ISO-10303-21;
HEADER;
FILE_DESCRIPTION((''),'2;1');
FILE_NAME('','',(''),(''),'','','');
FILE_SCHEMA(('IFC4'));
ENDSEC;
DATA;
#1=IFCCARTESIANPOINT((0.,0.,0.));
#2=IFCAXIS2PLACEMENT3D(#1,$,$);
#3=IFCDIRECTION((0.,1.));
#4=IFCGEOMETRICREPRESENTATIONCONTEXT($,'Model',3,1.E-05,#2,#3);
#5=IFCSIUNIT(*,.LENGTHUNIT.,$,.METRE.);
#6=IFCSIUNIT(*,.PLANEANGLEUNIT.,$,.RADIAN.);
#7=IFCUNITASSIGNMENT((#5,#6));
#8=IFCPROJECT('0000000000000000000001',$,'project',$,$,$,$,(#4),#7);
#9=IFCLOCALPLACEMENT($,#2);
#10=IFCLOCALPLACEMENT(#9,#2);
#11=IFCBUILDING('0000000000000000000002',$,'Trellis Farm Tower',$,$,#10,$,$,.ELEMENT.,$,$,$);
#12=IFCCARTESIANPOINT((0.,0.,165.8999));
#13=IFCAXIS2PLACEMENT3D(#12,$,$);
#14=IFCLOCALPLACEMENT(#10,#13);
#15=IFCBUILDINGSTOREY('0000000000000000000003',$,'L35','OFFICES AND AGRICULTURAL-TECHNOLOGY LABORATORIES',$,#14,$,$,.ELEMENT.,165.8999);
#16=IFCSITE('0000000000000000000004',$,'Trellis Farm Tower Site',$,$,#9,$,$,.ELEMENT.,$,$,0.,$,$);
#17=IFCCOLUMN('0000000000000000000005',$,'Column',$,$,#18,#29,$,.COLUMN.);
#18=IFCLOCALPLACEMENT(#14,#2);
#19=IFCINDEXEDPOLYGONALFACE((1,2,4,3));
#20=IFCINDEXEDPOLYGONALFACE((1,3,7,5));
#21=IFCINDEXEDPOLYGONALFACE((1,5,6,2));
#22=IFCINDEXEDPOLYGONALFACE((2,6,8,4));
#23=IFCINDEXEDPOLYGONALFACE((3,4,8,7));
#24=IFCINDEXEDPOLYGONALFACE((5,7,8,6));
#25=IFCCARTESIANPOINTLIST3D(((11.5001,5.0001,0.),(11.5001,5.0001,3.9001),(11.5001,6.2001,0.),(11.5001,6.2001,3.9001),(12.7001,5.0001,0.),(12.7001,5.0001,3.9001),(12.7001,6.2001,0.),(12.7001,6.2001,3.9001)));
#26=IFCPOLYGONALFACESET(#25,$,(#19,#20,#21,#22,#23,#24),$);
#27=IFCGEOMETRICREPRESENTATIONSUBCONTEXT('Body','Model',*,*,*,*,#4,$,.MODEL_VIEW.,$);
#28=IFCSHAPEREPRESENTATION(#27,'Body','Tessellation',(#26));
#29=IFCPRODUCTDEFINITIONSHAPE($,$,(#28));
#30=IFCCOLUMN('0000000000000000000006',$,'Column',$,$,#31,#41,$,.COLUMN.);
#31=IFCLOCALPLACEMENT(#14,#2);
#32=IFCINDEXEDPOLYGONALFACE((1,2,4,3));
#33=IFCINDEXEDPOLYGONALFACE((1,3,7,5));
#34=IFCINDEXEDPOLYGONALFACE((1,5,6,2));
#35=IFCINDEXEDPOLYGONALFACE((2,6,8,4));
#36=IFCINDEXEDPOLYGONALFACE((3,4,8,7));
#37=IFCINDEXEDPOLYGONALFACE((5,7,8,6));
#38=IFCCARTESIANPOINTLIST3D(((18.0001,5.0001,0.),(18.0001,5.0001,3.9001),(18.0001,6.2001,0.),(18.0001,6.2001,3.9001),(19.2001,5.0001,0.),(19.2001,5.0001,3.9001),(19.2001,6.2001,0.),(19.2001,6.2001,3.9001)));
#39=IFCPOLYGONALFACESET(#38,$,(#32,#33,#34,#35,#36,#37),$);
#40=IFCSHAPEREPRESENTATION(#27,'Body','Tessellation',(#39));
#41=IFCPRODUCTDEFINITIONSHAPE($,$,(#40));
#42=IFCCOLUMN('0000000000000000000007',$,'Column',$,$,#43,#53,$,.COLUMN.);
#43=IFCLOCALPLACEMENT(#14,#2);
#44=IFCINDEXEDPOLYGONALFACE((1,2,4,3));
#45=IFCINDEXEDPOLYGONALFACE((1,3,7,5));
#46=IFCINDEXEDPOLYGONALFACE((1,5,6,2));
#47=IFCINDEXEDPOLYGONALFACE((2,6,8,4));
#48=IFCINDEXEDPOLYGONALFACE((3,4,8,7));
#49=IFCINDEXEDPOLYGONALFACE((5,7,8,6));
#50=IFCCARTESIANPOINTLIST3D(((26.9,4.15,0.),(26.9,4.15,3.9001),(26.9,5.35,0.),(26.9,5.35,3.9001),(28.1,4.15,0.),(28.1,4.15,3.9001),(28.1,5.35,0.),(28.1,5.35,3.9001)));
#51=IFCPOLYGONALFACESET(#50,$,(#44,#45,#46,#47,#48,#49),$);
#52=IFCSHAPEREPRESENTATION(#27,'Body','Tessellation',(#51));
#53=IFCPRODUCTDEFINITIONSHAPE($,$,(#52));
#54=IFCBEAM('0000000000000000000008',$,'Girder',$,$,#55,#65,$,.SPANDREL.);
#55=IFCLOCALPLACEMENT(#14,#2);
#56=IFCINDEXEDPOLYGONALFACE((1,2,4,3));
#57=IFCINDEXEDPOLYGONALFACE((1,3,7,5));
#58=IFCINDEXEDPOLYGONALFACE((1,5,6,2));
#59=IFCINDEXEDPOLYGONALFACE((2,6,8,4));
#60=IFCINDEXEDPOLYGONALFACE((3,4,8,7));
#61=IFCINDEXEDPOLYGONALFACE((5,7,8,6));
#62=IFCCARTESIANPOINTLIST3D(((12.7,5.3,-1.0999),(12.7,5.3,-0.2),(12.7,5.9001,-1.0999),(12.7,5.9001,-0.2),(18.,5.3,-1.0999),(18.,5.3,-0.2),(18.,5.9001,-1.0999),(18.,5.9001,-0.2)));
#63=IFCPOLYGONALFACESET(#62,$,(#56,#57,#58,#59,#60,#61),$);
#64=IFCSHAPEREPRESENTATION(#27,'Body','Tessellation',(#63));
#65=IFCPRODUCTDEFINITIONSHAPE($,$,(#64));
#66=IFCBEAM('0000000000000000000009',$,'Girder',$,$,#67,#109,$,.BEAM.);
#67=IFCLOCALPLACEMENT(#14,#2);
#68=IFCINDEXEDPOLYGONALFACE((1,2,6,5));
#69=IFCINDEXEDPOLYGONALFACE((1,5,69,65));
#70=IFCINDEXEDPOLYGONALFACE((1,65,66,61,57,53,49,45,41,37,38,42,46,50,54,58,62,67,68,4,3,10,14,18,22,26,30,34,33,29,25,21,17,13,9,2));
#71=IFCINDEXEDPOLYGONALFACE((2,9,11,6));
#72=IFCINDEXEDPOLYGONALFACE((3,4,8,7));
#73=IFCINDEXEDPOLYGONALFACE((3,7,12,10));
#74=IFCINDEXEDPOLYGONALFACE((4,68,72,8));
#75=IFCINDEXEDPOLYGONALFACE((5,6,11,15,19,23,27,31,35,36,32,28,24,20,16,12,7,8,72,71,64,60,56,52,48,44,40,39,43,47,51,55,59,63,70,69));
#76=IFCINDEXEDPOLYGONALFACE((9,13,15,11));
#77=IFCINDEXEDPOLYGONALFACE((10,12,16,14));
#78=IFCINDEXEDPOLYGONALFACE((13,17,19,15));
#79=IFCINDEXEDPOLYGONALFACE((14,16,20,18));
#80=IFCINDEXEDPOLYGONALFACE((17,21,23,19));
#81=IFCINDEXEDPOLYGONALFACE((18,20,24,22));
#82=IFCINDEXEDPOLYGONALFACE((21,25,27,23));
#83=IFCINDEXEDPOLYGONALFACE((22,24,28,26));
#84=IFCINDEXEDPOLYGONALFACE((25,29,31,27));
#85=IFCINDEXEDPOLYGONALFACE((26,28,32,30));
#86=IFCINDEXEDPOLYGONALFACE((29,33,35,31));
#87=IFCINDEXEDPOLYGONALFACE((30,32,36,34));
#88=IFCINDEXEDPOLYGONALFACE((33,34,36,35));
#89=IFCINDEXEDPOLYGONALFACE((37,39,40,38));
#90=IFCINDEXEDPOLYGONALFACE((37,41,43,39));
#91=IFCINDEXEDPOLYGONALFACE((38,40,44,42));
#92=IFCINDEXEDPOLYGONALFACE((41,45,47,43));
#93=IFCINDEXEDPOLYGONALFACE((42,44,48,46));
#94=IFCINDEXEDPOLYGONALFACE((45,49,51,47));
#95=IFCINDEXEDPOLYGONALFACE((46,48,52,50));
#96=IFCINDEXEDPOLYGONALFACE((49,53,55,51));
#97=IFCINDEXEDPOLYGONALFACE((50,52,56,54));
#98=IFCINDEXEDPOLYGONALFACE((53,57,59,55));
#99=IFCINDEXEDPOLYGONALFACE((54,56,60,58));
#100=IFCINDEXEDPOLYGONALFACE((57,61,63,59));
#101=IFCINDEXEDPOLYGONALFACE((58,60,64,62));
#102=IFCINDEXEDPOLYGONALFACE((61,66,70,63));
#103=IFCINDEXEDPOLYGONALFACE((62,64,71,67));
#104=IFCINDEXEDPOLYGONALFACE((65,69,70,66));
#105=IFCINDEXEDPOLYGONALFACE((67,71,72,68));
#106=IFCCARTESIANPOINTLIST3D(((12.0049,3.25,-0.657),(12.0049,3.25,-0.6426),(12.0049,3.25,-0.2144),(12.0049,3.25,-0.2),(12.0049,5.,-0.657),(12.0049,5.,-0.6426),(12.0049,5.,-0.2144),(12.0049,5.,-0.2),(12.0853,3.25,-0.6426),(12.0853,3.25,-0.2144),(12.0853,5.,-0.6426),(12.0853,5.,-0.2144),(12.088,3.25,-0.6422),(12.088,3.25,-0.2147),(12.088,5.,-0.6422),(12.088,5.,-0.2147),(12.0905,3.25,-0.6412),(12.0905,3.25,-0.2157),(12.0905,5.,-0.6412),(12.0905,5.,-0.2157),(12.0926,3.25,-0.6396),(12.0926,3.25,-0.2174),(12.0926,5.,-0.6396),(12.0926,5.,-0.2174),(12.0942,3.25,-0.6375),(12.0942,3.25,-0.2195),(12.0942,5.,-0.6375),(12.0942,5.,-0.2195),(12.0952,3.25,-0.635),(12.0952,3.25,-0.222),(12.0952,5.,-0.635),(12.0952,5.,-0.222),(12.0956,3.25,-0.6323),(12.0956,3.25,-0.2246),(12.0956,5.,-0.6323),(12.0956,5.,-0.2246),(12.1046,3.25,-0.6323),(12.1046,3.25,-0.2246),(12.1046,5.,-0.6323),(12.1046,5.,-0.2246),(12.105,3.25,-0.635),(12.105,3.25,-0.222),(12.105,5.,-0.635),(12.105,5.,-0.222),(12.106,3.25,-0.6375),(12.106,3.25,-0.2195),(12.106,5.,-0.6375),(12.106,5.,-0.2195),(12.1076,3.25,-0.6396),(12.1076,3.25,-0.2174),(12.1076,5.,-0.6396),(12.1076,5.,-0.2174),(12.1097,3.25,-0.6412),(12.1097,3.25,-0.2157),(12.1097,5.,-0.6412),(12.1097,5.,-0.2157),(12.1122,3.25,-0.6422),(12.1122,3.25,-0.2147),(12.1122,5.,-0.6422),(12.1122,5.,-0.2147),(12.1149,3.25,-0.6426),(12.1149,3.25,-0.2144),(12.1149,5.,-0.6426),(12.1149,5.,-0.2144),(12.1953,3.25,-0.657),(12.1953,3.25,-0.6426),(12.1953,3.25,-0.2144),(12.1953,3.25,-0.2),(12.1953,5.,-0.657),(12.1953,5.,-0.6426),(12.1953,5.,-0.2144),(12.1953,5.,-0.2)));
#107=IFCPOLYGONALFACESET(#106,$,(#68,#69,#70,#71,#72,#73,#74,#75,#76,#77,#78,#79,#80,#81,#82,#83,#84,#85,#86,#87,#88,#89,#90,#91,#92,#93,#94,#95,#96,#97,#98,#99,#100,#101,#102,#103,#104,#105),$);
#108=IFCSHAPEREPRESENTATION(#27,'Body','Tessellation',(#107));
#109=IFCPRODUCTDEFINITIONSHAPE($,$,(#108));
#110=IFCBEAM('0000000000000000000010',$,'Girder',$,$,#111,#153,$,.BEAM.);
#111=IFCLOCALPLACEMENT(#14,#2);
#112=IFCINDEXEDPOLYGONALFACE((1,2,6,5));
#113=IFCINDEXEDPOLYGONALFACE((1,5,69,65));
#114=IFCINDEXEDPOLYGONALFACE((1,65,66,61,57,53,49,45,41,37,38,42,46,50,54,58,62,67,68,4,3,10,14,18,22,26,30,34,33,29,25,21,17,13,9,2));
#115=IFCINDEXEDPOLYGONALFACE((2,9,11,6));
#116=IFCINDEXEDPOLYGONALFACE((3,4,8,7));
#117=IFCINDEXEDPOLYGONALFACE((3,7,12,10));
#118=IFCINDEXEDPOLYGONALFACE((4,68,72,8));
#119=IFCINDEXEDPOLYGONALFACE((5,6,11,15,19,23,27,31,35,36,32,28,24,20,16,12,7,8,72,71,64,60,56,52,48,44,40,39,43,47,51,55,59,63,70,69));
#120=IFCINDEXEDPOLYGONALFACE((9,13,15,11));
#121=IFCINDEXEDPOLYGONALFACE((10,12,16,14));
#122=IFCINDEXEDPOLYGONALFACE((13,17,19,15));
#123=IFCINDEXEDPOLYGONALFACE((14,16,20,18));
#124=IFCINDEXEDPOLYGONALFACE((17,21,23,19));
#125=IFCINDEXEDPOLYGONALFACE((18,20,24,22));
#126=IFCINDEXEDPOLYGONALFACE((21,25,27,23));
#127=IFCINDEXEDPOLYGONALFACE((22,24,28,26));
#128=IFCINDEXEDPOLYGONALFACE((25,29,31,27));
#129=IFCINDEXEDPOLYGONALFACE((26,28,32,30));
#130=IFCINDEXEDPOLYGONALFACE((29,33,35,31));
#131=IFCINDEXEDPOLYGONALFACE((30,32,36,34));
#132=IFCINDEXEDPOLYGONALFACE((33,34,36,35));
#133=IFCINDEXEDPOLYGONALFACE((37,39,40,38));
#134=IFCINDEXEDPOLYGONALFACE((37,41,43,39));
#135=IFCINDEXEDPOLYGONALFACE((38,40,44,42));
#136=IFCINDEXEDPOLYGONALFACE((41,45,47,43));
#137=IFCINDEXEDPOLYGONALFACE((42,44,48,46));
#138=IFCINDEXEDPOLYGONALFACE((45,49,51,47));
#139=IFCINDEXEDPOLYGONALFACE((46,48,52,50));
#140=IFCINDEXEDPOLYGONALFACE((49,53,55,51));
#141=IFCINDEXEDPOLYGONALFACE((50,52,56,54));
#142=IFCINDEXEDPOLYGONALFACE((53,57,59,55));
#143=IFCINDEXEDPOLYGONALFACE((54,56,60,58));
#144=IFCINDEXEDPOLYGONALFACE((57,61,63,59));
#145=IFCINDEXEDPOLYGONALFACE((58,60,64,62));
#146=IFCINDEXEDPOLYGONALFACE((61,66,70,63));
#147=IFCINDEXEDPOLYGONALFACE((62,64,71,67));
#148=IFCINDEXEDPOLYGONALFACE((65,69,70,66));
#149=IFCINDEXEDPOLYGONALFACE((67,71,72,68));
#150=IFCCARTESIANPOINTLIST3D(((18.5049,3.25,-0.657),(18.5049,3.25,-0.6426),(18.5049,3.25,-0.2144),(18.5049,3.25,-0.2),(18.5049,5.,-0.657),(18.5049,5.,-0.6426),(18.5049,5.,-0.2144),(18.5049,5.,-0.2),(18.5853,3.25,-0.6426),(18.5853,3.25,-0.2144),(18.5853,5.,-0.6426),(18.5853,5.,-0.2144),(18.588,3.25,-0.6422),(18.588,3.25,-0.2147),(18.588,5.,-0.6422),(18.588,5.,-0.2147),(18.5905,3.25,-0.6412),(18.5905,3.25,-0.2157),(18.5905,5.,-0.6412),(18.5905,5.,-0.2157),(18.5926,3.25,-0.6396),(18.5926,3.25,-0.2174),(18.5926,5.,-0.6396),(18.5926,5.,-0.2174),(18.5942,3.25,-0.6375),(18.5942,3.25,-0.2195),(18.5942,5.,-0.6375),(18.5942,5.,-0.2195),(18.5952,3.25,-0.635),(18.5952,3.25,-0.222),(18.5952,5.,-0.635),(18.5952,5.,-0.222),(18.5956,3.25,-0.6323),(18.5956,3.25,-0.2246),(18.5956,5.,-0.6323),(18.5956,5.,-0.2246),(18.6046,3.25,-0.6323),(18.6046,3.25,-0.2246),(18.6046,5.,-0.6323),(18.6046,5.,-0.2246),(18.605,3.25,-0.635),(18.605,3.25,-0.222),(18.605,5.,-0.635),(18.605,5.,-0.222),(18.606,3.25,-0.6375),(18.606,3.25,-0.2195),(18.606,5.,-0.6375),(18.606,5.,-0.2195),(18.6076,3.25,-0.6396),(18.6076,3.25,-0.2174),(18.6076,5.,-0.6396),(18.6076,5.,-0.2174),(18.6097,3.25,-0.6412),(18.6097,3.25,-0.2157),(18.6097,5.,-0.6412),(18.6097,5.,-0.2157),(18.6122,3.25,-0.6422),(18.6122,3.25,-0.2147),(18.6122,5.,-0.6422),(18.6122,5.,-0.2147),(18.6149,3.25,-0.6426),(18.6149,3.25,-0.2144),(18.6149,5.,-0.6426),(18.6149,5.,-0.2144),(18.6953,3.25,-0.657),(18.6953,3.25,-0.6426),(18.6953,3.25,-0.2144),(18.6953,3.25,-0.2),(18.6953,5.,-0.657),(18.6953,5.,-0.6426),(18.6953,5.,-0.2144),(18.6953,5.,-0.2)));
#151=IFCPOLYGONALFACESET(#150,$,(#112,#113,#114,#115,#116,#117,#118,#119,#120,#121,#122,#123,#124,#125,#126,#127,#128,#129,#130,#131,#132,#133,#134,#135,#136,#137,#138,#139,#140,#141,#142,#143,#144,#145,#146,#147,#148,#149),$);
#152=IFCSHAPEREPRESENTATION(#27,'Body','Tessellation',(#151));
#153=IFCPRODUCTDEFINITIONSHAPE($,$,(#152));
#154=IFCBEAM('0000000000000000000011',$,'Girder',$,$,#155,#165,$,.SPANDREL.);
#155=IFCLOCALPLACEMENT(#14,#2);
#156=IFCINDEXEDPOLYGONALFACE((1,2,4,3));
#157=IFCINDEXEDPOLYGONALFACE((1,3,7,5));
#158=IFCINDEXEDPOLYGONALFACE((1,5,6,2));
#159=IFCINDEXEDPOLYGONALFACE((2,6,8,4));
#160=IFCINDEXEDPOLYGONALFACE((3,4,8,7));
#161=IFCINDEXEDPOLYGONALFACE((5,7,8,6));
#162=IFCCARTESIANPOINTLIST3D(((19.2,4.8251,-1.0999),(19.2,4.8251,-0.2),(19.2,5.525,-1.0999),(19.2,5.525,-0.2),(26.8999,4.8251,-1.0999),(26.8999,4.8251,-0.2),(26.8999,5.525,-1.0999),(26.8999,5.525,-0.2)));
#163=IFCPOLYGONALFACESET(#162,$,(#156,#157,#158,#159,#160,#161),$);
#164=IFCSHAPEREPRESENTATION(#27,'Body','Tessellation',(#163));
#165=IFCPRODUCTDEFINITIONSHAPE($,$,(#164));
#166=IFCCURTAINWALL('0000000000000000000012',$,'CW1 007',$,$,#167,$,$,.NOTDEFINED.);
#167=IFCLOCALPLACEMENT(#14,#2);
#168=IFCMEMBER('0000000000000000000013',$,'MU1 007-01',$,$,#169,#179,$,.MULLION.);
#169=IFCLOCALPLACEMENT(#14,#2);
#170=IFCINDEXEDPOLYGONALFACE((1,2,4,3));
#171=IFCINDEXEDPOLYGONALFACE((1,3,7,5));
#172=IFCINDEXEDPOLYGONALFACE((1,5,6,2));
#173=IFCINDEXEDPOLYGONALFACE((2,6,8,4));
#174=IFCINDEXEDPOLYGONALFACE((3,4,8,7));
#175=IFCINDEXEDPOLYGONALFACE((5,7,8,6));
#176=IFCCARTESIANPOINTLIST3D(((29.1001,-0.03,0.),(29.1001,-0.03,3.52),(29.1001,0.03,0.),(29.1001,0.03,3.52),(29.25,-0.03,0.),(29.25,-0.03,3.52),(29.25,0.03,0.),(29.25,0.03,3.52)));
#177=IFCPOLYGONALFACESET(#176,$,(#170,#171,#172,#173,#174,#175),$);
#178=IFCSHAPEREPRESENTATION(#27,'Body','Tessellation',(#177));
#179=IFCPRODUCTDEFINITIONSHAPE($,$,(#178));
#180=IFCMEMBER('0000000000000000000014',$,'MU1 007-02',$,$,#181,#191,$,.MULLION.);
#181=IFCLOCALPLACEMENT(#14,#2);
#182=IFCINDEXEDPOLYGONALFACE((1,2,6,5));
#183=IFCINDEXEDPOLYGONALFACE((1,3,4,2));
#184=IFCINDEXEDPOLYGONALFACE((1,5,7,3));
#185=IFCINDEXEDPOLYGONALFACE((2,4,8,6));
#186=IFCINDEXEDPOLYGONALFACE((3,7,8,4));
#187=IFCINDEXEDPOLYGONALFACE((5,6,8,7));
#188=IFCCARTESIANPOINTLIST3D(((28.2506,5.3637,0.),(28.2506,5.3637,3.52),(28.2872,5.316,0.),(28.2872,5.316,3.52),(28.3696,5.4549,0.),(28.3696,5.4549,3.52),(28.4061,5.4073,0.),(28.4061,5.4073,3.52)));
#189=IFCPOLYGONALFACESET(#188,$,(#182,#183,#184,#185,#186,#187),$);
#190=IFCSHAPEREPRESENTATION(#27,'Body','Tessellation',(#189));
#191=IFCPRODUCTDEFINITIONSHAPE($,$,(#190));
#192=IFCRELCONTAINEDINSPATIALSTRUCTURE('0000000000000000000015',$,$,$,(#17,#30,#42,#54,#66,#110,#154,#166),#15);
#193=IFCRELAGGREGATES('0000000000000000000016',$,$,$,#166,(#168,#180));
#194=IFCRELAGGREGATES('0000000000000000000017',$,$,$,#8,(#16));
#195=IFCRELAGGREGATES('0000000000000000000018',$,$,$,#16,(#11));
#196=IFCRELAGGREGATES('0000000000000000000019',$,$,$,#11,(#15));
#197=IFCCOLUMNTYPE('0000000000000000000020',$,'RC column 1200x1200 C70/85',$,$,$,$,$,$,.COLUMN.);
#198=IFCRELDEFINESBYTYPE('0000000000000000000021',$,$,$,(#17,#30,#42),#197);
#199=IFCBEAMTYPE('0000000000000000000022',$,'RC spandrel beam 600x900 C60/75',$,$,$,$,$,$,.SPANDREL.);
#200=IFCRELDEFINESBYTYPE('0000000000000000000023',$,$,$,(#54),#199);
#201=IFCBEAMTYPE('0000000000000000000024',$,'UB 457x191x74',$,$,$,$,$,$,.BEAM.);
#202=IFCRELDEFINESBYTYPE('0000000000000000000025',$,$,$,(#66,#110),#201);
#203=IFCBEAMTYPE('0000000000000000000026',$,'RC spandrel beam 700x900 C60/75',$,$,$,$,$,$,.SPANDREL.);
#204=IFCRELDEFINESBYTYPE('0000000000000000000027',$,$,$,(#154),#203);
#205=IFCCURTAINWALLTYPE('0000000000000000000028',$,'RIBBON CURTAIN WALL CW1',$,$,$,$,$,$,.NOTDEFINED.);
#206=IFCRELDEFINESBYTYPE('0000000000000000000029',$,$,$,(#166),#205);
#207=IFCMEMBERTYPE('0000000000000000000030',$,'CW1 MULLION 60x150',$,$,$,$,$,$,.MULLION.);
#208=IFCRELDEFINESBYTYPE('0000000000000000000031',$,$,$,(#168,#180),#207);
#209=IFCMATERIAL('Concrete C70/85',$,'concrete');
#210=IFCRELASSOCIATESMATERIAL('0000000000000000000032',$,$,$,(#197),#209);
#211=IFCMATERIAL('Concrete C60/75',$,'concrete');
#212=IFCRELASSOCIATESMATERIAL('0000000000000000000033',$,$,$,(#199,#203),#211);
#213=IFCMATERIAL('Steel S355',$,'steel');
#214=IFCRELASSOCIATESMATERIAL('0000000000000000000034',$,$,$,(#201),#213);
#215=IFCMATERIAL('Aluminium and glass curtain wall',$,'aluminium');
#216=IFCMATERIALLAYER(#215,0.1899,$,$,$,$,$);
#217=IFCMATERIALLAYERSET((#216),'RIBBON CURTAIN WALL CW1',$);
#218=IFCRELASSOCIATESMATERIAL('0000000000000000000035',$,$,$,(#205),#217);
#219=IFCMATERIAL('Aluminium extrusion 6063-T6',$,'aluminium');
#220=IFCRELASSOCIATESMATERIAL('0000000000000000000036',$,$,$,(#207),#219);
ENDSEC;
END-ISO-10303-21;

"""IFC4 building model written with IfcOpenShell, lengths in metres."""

from ifc_helpers import new_model, si_unit, direction, frame, origin, origin_2d, place, context, subcontext, project, spatial, rectangle, i_section, extrude, source, transform, mapped, material, layer, layer_set, material_profile, profile_set, type_object, element, aggregate, save


model = new_model("IFC4")

# Units and contexts
model_context = context("Model", 3, precision=1e-05, world=origin(), true_north=direction((0.0, 1.0)))
body_context = subcontext(model_context, "Body", "Model", "MODEL_VIEW")
ifc_project = project(units=[si_unit("LENGTHUNIT", "METRE"), si_unit("PLANEANGLEUNIT", "RADIAN")], contexts=[model_context])

# Site, building, storey
site_placement = place(None, origin())
site = spatial("IfcSite", under=ifc_project, at=site_placement, Name="Trellis Farm Tower Site", CompositionType="ELEMENT", RefElevation=0.0)
building_placement = place(site_placement, origin())
building = spatial("IfcBuilding", under=site, at=building_placement, Name="Trellis Farm Tower", CompositionType="ELEMENT")
storey_placement = place(building_placement, frame((0.0, 0.0, 165.8999)))
storey = spatial("IfcBuildingStorey", under=building, at=storey_placement, Name="L35", Description="OFFICES AND AGRICULTURAL-TECHNOLOGY LABORATORIES", CompositionType="ELEMENT", Elevation=165.8999)

# Columns
ifc_material_1 = material(Name="Concrete C70/85", Category="concrete")
ifc_material_profile_1 = material_profile(ifc_material_1, rectangle(XDim=1.2, YDim=1.2, at=origin_2d()), Name="RC column 1200x1200 C70/85")
ifc_profile_set_1 = profile_set([ifc_material_profile_1], Name="Concrete C70/85")
column_type = type_object("IfcColumnType", Name="RC column 1200x1200 C70/85", PredefinedType="COLUMN", material=ifc_profile_set_1)
shared_shape_1 = source(origin(), body_context, "Body", "SweptSolid", [
    extrude(rectangle(XDim=1.2, YDim=1.2, at=origin_2d()), origin(), (0.0, 0.0, 1.0), 3.9001),
])
for number, where, z_axis, x_axis, name in (
    (1, (12.1001, 5.6001, 0.0), (0.0, 0.0, 1.0), (1.0, 0.0, 0.0), "Column"),
    (2, (18.6001, 5.6001, 0.0), (0.0, 0.0, 1.0), (1.0, 0.0, 0.0), "Column"),
    (3, (27.5, 4.75, 0.0), (0.0, 0.0, 1.0), (1.0, 0.0, 0.0), "Column"),
):
    element("IfcColumn", number, at=place(storey_placement, frame(where, z_axis=z_axis, x_axis=x_axis)), inside=storey, type_object=column_type, Name=name, PredefinedType="COLUMN", context=body_context, shape_type="MappedRepresentation", body=[
        mapped(shared_shape_1, transform((0.0, 0.0, 0.0))),
    ])

# Beams
ifc_material_2 = material(Name="Concrete C60/75", Category="concrete")
ifc_material_profile_2 = material_profile(ifc_material_2, rectangle(XDim=0.6001, YDim=0.8999, at=origin_2d()), Name="RC spandrel beam 600x900 C60/75")
ifc_profile_set_2 = profile_set([ifc_material_profile_2], Name="Concrete C60/75")
beam_type_1 = type_object("IfcBeamType", Name="RC spandrel beam 600x900 C60/75", PredefinedType="SPANDREL", material=ifc_profile_set_2)
shared_shape_2 = source(origin(), body_context, "Body", "SweptSolid", [
    extrude(rectangle(XDim=0.6001, YDim=0.8999, at=origin_2d()), origin(), (0.0, 0.0, 1.0), 5.3),
])
beam_1_placement = place(storey_placement, frame((12.7, 5.6001, -0.6499), z_axis=(1.0, 0.0, 0.0), x_axis=(0.0, 1.0, 0.0)))
element("IfcBeam", 4, at=beam_1_placement, inside=storey, type_object=beam_type_1, Name="Girder", PredefinedType="SPANDREL", context=body_context, shape_type="MappedRepresentation", body=[
    mapped(shared_shape_2, transform((0.0, 0.0, 0.0))),
])
ifc_material_3 = material(Name="Steel S355", Category="steel")
ifc_material_profile_3 = material_profile(ifc_material_3, i_section(OverallWidth=0.1904, OverallDepth=0.457, WebThickness=0.009, FlangeThickness=0.0144, FilletRadius=0.0103, at=origin_2d()), Name="UB 457x191x74")
ifc_profile_set_3 = profile_set([ifc_material_profile_3], Name="Steel S355")
beam_type_2 = type_object("IfcBeamType", Name="UB 457x191x74", PredefinedType="BEAM", material=ifc_profile_set_3)
shared_shape_3 = source(origin(), body_context, "Body", "SweptSolid", [
    extrude(i_section(OverallWidth=0.1904, OverallDepth=0.457, WebThickness=0.009, FlangeThickness=0.0144, FilletRadius=0.0103, at=origin_2d()), origin(), (0.0, 0.0, 1.0), 1.75),
])
for number, where, z_axis, x_axis, name in (
    (5, (12.1001, 3.25, -0.4285), (0.0, 1.0, 0.0), (-1.0, 0.0, 0.0), "Girder"),
    (6, (18.6001, 3.25, -0.4285), (0.0, 1.0, 0.0), (-1.0, 0.0, 0.0), "Girder"),
):
    element("IfcBeam", number, at=place(storey_placement, frame(where, z_axis=z_axis, x_axis=x_axis)), inside=storey, type_object=beam_type_2, Name=name, PredefinedType="BEAM", context=body_context, shape_type="MappedRepresentation", body=[
        mapped(shared_shape_3, transform((0.0, 0.0, 0.0))),
    ])
ifc_material_profile_4 = material_profile(ifc_material_2, rectangle(XDim=0.7, YDim=0.8999, at=origin_2d()), Name="RC spandrel beam 700x900 C60/75")
ifc_profile_set_4 = profile_set([ifc_material_profile_4], Name="Concrete C60/75")
beam_type_3 = type_object("IfcBeamType", Name="RC spandrel beam 700x900 C60/75", PredefinedType="SPANDREL", material=ifc_profile_set_4)
shared_shape_4 = source(origin(), body_context, "Body", "SweptSolid", [
    extrude(rectangle(XDim=0.7, YDim=0.8999, at=origin_2d()), origin(), (0.0, 0.0, 1.0), 7.7),
])
beam_2_placement = place(storey_placement, frame((19.2, 5.175, -0.6499), z_axis=(1.0, 0.0, 0.0), x_axis=(0.0, 1.0, 0.0)))
element("IfcBeam", 7, at=beam_2_placement, inside=storey, type_object=beam_type_3, Name="Girder", PredefinedType="SPANDREL", context=body_context, shape_type="MappedRepresentation", body=[
    mapped(shared_shape_4, transform((0.0, 0.0, 0.0))),
])

# Curtain wall, members
ifc_material_4 = material(Name="Aluminium and glass curtain wall", Category="aluminium")
ifc_layer_1 = layer(ifc_material_4, 0.1899)
ifc_layer_set_1 = layer_set([ifc_layer_1], Name="RIBBON CURTAIN WALL CW1")
curtain_wall_type = type_object("IfcCurtainWallType", Name="RIBBON CURTAIN WALL CW1", PredefinedType="NOTDEFINED", material=ifc_layer_set_1)
placement = place(storey_placement, origin())
curtain_wall_1 = element("IfcCurtainWall", 8, at=placement, inside=storey, type_object=curtain_wall_type, Name="CW1 007", PredefinedType="NOTDEFINED")
ifc_material_5 = material(Name="Aluminium extrusion 6063-T6", Category="aluminium")
ifc_material_profile_5 = material_profile(ifc_material_5, rectangle(XDim=0.0601, YDim=0.1499, at=origin_2d()), Name="MULLION 60x150")
ifc_profile_set_5 = profile_set([ifc_material_profile_5], Name="Aluminium extrusion 6063-T6")
member_type = type_object("IfcMemberType", Name="CW1 MULLION 60x150", PredefinedType="MULLION", material=ifc_profile_set_5)
shared_shape_5 = source(origin(), body_context, "Body", "SweptSolid", [
    extrude(rectangle(XDim=0.0601, YDim=0.1499, at=origin_2d()), origin(), (0.0, 0.0, 1.0), 3.52),
])
member_1_placement = place(storey_placement, frame((29.175, 0.0, 0.0), z_axis=(0.0, 0.0, 1.0), x_axis=(0.0, 1.0, 0.0)))
member_1 = element("IfcMember", 9, at=member_1_placement, type_object=member_type, Name="MU1 007-01", PredefinedType="MULLION", context=body_context, shape_type="MappedRepresentation", body=[
    mapped(shared_shape_5, transform((0.0, 0.0, 0.0))),
])
member_2_placement = place(storey_placement, frame((28.3284, 5.3855, 0.0), z_axis=(0.0, 0.0, 1.0), x_axis=(-0.608761, 0.793353, 0.0)))
member_2 = element("IfcMember", 10, at=member_2_placement, type_object=member_type, Name="MU1 007-02", PredefinedType="MULLION", context=body_context, shape_type="MappedRepresentation", body=[
    mapped(shared_shape_5, transform((0.0, 0.0, 0.0))),
])
aggregate(curtain_wall_1, [member_1, member_2])

save(model, "model.ifc")
